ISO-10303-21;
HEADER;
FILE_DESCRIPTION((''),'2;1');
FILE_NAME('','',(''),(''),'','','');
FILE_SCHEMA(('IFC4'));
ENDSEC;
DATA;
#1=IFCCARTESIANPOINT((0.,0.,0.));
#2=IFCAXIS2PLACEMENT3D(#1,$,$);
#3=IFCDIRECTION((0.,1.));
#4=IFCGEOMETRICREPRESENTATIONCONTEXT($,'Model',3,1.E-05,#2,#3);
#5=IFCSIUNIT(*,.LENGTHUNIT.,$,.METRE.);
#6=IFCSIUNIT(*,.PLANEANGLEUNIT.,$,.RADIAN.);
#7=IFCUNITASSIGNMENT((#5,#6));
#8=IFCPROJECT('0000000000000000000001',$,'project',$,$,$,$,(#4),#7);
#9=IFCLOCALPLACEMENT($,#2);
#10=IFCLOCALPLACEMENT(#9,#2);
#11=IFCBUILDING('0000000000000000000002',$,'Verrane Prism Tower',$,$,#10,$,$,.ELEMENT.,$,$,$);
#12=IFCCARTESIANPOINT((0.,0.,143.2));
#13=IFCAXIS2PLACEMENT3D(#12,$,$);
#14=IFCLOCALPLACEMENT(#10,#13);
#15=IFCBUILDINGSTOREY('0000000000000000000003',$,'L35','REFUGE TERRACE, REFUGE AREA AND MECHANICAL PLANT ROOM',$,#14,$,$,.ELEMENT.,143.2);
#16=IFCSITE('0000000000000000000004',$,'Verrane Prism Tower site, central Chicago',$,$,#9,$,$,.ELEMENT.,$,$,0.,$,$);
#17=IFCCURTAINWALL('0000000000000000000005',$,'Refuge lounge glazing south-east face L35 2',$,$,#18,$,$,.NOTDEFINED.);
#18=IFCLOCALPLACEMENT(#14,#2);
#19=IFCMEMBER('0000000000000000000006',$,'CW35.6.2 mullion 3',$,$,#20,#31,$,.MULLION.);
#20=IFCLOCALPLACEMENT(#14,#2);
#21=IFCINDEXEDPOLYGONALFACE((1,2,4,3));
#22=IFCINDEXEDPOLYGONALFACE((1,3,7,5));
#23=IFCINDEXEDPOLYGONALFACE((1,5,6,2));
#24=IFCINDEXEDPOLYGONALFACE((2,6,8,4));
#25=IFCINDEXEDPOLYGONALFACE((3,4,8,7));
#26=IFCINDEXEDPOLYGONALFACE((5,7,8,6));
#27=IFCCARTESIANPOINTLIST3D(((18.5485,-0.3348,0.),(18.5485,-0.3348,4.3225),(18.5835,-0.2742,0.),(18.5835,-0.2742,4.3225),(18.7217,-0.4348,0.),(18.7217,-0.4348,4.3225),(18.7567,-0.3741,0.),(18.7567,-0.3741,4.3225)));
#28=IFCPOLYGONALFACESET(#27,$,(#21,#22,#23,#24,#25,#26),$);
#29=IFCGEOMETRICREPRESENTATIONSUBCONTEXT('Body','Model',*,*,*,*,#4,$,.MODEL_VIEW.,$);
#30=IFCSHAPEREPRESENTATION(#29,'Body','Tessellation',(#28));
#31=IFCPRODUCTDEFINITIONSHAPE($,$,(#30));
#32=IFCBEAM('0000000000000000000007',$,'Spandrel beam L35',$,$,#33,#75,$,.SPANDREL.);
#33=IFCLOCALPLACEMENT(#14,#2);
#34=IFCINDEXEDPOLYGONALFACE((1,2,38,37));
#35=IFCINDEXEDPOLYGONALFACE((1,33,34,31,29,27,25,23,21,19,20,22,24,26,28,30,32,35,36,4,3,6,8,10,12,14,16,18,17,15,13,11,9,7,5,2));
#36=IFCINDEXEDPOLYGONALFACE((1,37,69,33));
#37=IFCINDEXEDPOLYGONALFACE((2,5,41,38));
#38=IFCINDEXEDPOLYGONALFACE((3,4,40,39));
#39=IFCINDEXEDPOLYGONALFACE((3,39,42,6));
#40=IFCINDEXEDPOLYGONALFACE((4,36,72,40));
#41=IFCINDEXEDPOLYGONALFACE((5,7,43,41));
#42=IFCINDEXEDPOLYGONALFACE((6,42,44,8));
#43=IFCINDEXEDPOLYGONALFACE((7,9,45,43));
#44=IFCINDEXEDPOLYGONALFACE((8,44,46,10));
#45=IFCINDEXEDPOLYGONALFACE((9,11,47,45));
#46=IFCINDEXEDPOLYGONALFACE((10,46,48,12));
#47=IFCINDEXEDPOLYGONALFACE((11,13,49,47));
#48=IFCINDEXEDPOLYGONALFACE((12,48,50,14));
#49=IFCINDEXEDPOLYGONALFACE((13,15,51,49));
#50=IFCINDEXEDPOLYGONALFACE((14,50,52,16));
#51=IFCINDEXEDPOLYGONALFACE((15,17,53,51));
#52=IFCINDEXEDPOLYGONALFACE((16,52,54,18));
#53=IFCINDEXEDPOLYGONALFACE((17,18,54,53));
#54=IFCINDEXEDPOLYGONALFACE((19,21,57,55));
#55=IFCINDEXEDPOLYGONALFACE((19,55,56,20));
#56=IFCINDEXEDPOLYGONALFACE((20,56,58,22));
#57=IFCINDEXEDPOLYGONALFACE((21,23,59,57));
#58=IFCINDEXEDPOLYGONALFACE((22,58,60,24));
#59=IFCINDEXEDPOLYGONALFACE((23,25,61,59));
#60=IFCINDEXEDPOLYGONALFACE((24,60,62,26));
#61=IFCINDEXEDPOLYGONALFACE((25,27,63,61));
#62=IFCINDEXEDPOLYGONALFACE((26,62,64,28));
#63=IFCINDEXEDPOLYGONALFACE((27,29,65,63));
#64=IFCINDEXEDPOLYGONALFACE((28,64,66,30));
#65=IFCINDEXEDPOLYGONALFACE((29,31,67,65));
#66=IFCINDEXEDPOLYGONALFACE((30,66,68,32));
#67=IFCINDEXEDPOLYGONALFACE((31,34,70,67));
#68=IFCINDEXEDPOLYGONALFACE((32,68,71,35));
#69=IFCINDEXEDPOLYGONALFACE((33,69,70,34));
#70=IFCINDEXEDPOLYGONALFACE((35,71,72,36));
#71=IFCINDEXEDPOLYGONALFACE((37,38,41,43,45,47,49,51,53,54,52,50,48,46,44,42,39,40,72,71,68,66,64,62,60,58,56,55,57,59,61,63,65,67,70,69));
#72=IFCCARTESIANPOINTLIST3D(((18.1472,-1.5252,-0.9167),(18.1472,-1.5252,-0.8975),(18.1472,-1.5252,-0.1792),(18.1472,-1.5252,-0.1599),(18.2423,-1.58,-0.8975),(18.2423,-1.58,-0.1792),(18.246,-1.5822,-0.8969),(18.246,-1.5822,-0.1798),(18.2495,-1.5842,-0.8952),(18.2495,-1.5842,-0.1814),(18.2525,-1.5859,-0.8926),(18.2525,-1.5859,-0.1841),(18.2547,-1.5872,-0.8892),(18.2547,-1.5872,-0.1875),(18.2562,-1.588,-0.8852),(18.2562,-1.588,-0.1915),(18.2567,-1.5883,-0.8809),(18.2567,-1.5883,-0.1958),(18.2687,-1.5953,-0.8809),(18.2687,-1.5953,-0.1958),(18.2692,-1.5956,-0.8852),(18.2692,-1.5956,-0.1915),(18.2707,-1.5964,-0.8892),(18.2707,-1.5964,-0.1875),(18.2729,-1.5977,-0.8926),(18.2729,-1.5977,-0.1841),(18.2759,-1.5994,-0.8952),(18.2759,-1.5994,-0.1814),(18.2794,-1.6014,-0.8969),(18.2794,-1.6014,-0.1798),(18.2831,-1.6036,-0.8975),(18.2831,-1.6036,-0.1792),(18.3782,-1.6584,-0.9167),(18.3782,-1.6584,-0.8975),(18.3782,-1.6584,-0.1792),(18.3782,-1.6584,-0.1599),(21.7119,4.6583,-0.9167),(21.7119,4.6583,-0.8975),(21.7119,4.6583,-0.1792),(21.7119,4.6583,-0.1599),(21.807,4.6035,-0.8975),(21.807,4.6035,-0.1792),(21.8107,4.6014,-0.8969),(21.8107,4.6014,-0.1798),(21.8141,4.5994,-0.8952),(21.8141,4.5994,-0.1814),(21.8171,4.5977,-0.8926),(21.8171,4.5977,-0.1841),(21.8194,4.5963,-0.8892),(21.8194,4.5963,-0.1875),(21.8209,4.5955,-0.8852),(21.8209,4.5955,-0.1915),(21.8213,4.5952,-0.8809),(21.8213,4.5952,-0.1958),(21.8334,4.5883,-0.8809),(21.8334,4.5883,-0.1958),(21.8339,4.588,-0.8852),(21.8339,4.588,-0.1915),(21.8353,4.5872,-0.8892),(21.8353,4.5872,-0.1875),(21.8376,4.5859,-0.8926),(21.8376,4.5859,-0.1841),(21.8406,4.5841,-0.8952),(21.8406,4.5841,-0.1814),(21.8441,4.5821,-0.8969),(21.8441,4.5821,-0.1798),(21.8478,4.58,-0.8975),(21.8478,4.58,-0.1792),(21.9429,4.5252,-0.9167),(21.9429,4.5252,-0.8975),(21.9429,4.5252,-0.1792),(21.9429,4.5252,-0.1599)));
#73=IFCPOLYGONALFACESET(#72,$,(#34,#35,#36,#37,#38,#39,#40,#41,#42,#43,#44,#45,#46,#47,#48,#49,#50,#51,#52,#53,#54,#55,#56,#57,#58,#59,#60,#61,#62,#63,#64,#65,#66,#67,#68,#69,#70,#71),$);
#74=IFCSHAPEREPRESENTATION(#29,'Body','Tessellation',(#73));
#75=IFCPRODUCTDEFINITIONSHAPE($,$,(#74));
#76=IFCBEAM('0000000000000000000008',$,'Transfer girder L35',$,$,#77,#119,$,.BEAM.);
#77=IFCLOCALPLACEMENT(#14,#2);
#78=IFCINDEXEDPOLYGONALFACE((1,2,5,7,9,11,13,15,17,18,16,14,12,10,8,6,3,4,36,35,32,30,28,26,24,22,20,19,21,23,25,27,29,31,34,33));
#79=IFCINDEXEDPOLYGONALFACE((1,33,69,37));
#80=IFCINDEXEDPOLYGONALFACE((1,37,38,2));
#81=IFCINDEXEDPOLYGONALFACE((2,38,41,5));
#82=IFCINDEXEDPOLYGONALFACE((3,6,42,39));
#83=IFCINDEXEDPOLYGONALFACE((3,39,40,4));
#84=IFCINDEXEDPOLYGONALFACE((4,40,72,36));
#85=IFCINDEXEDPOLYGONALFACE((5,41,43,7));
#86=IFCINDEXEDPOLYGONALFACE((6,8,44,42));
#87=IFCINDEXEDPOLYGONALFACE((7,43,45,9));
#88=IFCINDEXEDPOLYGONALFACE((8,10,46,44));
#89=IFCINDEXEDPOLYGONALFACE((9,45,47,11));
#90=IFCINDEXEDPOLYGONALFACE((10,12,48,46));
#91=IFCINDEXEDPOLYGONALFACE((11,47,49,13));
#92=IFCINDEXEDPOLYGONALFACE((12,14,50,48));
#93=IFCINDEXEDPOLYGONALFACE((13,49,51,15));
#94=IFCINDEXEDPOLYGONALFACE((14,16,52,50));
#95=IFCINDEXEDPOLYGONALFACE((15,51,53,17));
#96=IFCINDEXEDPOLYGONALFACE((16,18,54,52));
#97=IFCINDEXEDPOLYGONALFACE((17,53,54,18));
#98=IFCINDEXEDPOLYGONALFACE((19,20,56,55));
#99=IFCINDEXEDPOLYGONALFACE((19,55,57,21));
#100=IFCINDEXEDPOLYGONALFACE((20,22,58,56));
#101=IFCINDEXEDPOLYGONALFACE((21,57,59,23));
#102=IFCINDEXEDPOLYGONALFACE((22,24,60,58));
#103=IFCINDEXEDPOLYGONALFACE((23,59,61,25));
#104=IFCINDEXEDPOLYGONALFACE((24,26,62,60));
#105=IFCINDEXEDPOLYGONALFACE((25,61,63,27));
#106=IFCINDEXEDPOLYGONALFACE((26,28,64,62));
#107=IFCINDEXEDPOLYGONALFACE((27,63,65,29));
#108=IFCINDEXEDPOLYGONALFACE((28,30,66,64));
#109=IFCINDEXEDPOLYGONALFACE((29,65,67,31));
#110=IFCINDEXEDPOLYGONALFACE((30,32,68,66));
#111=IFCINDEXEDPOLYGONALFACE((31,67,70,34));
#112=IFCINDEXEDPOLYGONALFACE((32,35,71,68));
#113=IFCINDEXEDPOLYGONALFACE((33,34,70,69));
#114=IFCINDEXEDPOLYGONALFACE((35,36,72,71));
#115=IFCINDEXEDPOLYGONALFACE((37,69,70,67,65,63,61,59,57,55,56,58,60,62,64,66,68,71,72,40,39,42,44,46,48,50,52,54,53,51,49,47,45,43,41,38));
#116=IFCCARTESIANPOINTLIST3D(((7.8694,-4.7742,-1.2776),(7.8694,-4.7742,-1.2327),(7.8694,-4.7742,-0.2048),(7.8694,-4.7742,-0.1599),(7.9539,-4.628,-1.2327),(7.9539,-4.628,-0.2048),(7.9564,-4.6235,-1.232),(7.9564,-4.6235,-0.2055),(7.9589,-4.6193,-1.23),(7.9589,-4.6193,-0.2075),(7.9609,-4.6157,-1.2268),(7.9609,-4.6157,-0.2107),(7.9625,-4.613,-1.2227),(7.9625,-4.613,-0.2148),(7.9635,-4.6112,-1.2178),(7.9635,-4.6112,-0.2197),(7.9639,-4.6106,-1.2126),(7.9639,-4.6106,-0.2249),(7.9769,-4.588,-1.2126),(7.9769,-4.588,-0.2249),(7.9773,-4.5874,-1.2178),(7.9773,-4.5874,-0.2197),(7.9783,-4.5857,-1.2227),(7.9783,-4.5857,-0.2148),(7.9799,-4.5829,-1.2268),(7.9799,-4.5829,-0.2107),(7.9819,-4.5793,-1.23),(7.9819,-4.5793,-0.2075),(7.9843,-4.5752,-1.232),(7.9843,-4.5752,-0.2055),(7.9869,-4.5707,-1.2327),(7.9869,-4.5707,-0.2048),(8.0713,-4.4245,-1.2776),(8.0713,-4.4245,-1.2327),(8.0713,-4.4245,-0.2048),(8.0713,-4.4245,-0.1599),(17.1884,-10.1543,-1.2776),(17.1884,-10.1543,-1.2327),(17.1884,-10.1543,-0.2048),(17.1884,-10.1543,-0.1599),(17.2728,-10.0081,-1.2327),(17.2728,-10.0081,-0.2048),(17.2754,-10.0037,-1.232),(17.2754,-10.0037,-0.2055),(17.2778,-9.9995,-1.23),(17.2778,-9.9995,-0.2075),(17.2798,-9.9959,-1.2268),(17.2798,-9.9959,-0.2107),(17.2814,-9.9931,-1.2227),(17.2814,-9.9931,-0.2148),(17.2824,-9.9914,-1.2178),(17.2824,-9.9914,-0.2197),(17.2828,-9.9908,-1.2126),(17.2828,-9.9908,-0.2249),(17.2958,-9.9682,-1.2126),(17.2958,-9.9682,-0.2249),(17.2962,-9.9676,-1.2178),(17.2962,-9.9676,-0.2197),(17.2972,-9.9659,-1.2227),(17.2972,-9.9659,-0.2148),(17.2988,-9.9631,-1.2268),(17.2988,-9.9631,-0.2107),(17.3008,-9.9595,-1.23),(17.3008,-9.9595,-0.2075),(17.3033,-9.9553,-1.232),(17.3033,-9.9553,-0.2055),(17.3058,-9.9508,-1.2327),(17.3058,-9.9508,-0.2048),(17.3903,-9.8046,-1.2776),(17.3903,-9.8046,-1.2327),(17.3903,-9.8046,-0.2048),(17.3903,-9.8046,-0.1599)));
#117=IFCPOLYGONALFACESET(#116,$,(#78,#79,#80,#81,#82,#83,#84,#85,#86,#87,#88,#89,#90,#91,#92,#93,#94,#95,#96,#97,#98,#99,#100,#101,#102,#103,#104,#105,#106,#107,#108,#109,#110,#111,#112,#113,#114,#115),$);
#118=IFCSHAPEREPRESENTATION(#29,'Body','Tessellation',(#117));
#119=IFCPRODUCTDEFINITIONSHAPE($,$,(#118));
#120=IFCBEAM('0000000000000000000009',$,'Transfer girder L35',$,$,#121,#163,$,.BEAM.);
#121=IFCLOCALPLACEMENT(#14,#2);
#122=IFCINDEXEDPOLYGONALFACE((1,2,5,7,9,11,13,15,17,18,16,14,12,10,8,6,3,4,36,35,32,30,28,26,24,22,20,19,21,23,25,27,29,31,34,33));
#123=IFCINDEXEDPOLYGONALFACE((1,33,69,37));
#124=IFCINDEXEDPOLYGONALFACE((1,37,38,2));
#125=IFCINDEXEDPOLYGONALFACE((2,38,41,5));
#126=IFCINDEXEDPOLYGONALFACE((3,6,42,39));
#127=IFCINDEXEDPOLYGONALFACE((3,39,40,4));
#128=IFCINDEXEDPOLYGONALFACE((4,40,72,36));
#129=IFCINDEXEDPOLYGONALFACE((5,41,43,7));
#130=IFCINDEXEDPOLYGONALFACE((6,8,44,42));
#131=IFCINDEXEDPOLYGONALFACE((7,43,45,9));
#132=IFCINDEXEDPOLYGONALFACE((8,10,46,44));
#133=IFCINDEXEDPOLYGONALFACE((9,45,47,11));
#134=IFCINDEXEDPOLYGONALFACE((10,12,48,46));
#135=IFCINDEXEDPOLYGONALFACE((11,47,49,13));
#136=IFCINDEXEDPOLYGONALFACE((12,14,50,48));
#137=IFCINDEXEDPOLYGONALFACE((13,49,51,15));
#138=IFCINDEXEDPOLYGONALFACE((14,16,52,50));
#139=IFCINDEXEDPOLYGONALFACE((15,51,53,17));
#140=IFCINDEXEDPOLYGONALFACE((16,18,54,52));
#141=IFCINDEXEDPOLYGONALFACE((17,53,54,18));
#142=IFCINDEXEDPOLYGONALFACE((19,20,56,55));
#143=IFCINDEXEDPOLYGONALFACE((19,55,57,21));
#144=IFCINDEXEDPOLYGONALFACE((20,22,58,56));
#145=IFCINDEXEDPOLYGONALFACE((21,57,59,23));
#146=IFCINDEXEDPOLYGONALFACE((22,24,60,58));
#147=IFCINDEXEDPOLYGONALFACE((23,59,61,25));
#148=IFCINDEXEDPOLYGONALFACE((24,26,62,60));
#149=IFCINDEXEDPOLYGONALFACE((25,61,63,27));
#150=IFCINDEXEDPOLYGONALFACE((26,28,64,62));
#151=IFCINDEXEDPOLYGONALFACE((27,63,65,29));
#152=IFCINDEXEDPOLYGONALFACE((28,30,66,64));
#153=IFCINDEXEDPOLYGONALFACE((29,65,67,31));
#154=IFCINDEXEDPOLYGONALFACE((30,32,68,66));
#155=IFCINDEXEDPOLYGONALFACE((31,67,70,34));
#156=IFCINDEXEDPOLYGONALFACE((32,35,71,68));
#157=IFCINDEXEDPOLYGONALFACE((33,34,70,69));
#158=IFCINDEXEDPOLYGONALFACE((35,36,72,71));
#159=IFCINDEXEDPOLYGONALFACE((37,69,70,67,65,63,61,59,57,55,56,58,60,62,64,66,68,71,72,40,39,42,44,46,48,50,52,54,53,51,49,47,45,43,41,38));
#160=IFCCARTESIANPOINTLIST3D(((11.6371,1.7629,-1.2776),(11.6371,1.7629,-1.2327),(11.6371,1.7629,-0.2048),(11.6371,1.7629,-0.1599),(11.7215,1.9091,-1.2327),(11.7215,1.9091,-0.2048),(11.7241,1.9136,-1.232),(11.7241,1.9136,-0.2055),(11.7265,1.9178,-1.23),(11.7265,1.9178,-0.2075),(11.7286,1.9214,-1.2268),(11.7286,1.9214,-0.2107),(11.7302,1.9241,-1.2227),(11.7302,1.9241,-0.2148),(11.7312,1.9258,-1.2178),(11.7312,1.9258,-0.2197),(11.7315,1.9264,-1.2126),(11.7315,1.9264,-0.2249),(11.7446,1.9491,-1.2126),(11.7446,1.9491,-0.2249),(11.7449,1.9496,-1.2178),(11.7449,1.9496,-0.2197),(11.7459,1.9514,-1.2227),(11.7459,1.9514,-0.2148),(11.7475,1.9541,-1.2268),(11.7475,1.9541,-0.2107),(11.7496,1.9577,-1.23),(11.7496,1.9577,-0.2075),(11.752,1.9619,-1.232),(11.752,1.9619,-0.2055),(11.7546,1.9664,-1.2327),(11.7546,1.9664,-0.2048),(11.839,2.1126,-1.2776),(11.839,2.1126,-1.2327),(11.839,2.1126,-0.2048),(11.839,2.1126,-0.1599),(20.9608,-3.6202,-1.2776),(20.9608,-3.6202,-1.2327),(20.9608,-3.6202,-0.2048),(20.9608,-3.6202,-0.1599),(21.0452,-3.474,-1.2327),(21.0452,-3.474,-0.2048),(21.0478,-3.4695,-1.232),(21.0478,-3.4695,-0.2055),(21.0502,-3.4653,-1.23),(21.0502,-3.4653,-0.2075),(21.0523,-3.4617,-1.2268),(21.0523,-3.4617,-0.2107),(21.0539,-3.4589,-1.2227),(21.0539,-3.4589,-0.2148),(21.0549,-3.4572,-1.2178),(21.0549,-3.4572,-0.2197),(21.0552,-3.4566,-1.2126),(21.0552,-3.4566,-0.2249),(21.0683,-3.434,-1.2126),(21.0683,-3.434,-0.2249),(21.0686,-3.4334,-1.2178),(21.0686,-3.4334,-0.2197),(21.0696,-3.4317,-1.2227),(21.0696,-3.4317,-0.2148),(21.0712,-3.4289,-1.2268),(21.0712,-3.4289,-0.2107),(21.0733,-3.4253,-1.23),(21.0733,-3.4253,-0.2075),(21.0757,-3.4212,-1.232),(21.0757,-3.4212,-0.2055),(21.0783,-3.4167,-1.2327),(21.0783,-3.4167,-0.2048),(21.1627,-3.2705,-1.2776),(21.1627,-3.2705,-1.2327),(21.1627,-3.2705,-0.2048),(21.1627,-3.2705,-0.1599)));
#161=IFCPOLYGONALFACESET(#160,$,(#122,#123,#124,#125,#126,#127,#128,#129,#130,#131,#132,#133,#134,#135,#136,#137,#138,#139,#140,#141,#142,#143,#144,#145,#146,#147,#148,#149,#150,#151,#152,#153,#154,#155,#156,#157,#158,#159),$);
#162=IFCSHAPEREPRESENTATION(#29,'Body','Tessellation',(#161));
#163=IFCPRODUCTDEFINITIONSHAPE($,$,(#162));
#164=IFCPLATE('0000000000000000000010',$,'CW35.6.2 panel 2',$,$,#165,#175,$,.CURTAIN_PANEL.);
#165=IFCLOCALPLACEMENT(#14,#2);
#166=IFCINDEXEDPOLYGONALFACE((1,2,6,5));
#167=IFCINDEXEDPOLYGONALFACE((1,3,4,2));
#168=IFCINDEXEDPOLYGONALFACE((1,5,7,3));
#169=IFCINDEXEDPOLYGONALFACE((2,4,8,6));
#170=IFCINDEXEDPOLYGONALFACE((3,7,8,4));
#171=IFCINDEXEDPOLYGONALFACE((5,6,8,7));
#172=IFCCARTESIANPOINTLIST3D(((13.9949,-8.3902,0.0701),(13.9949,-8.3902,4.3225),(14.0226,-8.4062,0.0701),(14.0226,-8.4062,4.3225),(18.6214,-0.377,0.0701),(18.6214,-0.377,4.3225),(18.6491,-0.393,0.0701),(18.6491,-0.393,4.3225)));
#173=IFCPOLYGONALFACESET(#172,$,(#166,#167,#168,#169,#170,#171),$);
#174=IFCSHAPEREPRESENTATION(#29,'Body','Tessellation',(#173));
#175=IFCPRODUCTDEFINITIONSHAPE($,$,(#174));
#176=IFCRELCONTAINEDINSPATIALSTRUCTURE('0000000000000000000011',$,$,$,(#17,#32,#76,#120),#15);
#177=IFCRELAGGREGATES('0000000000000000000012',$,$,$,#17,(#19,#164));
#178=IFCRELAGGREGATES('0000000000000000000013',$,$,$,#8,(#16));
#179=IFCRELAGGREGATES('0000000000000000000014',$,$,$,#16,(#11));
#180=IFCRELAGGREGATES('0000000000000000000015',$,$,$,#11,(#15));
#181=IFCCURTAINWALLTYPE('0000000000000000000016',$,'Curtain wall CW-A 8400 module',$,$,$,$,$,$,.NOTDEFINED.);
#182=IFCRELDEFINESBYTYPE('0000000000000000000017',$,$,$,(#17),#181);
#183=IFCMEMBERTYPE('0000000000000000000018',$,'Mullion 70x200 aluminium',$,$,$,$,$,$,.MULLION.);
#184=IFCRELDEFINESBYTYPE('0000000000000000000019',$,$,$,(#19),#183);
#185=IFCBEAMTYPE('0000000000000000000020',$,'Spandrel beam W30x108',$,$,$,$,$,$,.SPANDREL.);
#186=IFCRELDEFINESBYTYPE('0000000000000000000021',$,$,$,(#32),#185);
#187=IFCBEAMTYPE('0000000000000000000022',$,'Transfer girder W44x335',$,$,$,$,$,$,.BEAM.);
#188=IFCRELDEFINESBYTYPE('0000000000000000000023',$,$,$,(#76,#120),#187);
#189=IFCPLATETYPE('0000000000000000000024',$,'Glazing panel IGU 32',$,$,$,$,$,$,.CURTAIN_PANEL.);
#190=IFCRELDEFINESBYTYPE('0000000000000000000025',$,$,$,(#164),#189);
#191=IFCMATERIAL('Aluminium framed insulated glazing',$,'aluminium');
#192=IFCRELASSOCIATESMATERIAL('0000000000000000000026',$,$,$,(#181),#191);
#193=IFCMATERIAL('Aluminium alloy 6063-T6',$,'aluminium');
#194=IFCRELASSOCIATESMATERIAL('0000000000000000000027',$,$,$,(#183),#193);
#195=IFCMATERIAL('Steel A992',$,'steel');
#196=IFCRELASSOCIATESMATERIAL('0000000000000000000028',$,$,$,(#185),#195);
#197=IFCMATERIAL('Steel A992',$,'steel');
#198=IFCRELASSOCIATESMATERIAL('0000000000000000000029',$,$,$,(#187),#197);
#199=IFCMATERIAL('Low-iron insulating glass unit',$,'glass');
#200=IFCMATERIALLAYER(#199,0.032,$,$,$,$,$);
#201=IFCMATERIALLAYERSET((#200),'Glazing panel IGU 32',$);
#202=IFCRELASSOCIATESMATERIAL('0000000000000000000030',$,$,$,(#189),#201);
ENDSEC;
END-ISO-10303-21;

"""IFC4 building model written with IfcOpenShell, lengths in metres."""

from ifc_helpers import new_model, si_unit, direction, frame, origin, origin_2d, place, context, subcontext, project, spatial, rectangle, i_section, extrude, material, layer, layer_set, material_profile, profile_set, type_object, element, aggregate, save


model = new_model("IFC4")

# Units and contexts
model_context = context("Model", 3, precision=1e-05, world=origin(), true_north=direction((0.0, 1.0)))
body_context = subcontext(model_context, "Body", "Model", "MODEL_VIEW")
ifc_project = project(units=[si_unit("LENGTHUNIT", "METRE"), si_unit("PLANEANGLEUNIT", "RADIAN")], contexts=[model_context])

# Site, building, storey
site_placement = place(None, origin())
site = spatial("IfcSite", under=ifc_project, at=site_placement, Name="Verrane Prism Tower site, central Chicago", CompositionType="ELEMENT", RefElevation=0.0)
building_placement = place(site_placement, origin())
building = spatial("IfcBuilding", under=site, at=building_placement, Name="Verrane Prism Tower", CompositionType="ELEMENT")
storey_placement = place(building_placement, frame((0.0, 0.0, 143.2)))
storey = spatial("IfcBuildingStorey", under=building, at=storey_placement, Name="L35", Description="REFUGE TERRACE, REFUGE AREA AND MECHANICAL PLANT ROOM", CompositionType="ELEMENT", Elevation=143.2)

# Curtain wall, member
ifc_material_1 = material(Name="Aluminium framed insulated glazing", Category="aluminium")
curtain_wall_type = type_object("IfcCurtainWallType", Name="Curtain wall CW-A 8400 module", PredefinedType="NOTDEFINED", material=ifc_material_1)
curtain_wall_placement = place(storey_placement, origin())
curtain_wall = element("IfcCurtainWall", 1, at=curtain_wall_placement, inside=storey, type_object=curtain_wall_type, Name="Refuge lounge glazing south-east face L35 2", PredefinedType="NOTDEFINED")
ifc_material_2 = material(Name="Aluminium alloy 6063-T6", Category="aluminium")
ifc_material_profile_1 = material_profile(ifc_material_2, rectangle(XDim=0.2, YDim=0.0701, at=origin_2d()), Name="Mullion 70x200 aluminium")
ifc_profile_set_1 = profile_set([ifc_material_profile_1], Name="Aluminium alloy 6063-T6")
member_type_1 = type_object("IfcMemberType", Name="Mullion 70x200 aluminium", PredefinedType="MULLION", material=ifc_profile_set_1)
member_1_placement = place(storey_placement, frame((18.6526, -0.3545, 0.0), z_axis=(0.0, 0.0, 1.0), x_axis=(-0.866025, 0.500001, 0.0)))
member_1 = element("IfcMember", 2, at=member_1_placement, type_object=member_type_1, Name="CW35.6.2 mullion 3", PredefinedType="MULLION", context=body_context, shape_type="SweptSolid", body=[
    extrude(rectangle(XDim=0.2, YDim=0.0701, at=origin_2d()), origin(), (0.0, 0.0, 1.0), 4.3225),
])

# Beams
ifc_material_3 = material(Name="Steel A992", Category="steel")
ifc_material_profile_2 = material_profile(ifc_material_3, i_section(OverallWidth=0.2666, OverallDepth=0.7568, WebThickness=0.0139, FlangeThickness=0.0193, FilletRadius=0.0166, at=origin_2d()), Name="W30x108")
ifc_profile_set_2 = profile_set([ifc_material_profile_2], Name="Steel A992")
beam_type_1 = type_object("IfcBeamType", Name="Spandrel beam W30x108", PredefinedType="SPANDREL", material=ifc_profile_set_2)
beam_1_placement = place(storey_placement, frame((18.2627, -1.5918, -0.5383), z_axis=(0.499432, 0.866353, 0.0), x_axis=(-0.866353, 0.499432, 0.0)))
element("IfcBeam", 3, at=beam_1_placement, inside=storey, type_object=beam_type_1, Name="Spandrel beam L35", PredefinedType="SPANDREL", context=body_context, shape_type="SweptSolid", body=[
    extrude(i_section(OverallWidth=0.2666, OverallDepth=0.7568, WebThickness=0.0139, FlangeThickness=0.0193, FilletRadius=0.0166, at=origin_2d()), origin(), (0.0, 0.0, 1.0), 7.1375),
])
ifc_material_4 = material(Name="Steel A992", Category="steel")
ifc_material_profile_3 = material_profile(ifc_material_4, i_section(OverallWidth=0.4038, OverallDepth=1.1177, WebThickness=0.0261, FlangeThickness=0.0449, FilletRadius=0.02, at=origin_2d()), Name="W44x335")
ifc_profile_set_3 = profile_set([ifc_material_profile_3], Name="Steel A992")
beam_type_2 = type_object("IfcBeamType", Name="Transfer girder W44x335", PredefinedType="BEAM", material=ifc_profile_set_3)
beam_2_placement = place(storey_placement, frame((17.2893, -9.9795, -0.7188), z_axis=(-0.86603, 0.499992, 0.0), x_axis=(-0.499992, -0.86603, 0.0)))
element("IfcBeam", 4, at=beam_2_placement, inside=storey, type_object=beam_type_2, Name="Transfer girder L35", PredefinedType="BEAM", context=body_context, shape_type="SweptSolid", body=[
    extrude(i_section(OverallWidth=0.4038, OverallDepth=1.1177, WebThickness=0.0261, FlangeThickness=0.0449, FilletRadius=0.02, at=origin_2d()), origin(), (0.0, 0.0, 1.0), 10.7605),
])
beam_3_placement = place(storey_placement, frame((21.0618, -3.4453, -0.7188), z_axis=(-0.866025, 0.5, 0.0), x_axis=(-0.5, -0.866025, 0.0)))
element("IfcBeam", 5, at=beam_3_placement, inside=storey, type_object=beam_type_2, Name="Transfer girder L35", PredefinedType="BEAM", context=body_context, shape_type="SweptSolid", body=[
    extrude(i_section(OverallWidth=0.4038, OverallDepth=1.1177, WebThickness=0.0261, FlangeThickness=0.0449, FilletRadius=0.02, at=origin_2d()), origin(), (0.0, 0.0, 1.0), 10.7661),
])

# Plate
ifc_material_5 = material(Name="Low-iron insulating glass unit", Category="glass")
ifc_layer_1 = layer(ifc_material_5, 0.032)
ifc_layer_set_1 = layer_set([ifc_layer_1], Name="Glazing panel IGU 32")
plate_type = type_object("IfcPlateType", Name="Glazing panel IGU 32", PredefinedType="CURTAIN_PANEL", material=ifc_layer_set_1)
plate_placement = place(storey_placement, frame((16.322, -4.3916, 0.0701), z_axis=(0.0, 0.0, 1.0), x_axis=(0.500001, 0.866025, 0.0)))
plate = element("IfcPlate", 6, at=plate_placement, type_object=plate_type, Name="CW35.6.2 panel 2", PredefinedType="CURTAIN_PANEL", context=body_context, shape_type="SweptSolid", body=[
    extrude(rectangle(XDim=9.2529, YDim=0.032, at=origin_2d()), origin(), (0.0, 0.0, 1.0), 4.2524),
])
aggregate(curtain_wall, [member_1, plate])

save(model, "model.ifc")
